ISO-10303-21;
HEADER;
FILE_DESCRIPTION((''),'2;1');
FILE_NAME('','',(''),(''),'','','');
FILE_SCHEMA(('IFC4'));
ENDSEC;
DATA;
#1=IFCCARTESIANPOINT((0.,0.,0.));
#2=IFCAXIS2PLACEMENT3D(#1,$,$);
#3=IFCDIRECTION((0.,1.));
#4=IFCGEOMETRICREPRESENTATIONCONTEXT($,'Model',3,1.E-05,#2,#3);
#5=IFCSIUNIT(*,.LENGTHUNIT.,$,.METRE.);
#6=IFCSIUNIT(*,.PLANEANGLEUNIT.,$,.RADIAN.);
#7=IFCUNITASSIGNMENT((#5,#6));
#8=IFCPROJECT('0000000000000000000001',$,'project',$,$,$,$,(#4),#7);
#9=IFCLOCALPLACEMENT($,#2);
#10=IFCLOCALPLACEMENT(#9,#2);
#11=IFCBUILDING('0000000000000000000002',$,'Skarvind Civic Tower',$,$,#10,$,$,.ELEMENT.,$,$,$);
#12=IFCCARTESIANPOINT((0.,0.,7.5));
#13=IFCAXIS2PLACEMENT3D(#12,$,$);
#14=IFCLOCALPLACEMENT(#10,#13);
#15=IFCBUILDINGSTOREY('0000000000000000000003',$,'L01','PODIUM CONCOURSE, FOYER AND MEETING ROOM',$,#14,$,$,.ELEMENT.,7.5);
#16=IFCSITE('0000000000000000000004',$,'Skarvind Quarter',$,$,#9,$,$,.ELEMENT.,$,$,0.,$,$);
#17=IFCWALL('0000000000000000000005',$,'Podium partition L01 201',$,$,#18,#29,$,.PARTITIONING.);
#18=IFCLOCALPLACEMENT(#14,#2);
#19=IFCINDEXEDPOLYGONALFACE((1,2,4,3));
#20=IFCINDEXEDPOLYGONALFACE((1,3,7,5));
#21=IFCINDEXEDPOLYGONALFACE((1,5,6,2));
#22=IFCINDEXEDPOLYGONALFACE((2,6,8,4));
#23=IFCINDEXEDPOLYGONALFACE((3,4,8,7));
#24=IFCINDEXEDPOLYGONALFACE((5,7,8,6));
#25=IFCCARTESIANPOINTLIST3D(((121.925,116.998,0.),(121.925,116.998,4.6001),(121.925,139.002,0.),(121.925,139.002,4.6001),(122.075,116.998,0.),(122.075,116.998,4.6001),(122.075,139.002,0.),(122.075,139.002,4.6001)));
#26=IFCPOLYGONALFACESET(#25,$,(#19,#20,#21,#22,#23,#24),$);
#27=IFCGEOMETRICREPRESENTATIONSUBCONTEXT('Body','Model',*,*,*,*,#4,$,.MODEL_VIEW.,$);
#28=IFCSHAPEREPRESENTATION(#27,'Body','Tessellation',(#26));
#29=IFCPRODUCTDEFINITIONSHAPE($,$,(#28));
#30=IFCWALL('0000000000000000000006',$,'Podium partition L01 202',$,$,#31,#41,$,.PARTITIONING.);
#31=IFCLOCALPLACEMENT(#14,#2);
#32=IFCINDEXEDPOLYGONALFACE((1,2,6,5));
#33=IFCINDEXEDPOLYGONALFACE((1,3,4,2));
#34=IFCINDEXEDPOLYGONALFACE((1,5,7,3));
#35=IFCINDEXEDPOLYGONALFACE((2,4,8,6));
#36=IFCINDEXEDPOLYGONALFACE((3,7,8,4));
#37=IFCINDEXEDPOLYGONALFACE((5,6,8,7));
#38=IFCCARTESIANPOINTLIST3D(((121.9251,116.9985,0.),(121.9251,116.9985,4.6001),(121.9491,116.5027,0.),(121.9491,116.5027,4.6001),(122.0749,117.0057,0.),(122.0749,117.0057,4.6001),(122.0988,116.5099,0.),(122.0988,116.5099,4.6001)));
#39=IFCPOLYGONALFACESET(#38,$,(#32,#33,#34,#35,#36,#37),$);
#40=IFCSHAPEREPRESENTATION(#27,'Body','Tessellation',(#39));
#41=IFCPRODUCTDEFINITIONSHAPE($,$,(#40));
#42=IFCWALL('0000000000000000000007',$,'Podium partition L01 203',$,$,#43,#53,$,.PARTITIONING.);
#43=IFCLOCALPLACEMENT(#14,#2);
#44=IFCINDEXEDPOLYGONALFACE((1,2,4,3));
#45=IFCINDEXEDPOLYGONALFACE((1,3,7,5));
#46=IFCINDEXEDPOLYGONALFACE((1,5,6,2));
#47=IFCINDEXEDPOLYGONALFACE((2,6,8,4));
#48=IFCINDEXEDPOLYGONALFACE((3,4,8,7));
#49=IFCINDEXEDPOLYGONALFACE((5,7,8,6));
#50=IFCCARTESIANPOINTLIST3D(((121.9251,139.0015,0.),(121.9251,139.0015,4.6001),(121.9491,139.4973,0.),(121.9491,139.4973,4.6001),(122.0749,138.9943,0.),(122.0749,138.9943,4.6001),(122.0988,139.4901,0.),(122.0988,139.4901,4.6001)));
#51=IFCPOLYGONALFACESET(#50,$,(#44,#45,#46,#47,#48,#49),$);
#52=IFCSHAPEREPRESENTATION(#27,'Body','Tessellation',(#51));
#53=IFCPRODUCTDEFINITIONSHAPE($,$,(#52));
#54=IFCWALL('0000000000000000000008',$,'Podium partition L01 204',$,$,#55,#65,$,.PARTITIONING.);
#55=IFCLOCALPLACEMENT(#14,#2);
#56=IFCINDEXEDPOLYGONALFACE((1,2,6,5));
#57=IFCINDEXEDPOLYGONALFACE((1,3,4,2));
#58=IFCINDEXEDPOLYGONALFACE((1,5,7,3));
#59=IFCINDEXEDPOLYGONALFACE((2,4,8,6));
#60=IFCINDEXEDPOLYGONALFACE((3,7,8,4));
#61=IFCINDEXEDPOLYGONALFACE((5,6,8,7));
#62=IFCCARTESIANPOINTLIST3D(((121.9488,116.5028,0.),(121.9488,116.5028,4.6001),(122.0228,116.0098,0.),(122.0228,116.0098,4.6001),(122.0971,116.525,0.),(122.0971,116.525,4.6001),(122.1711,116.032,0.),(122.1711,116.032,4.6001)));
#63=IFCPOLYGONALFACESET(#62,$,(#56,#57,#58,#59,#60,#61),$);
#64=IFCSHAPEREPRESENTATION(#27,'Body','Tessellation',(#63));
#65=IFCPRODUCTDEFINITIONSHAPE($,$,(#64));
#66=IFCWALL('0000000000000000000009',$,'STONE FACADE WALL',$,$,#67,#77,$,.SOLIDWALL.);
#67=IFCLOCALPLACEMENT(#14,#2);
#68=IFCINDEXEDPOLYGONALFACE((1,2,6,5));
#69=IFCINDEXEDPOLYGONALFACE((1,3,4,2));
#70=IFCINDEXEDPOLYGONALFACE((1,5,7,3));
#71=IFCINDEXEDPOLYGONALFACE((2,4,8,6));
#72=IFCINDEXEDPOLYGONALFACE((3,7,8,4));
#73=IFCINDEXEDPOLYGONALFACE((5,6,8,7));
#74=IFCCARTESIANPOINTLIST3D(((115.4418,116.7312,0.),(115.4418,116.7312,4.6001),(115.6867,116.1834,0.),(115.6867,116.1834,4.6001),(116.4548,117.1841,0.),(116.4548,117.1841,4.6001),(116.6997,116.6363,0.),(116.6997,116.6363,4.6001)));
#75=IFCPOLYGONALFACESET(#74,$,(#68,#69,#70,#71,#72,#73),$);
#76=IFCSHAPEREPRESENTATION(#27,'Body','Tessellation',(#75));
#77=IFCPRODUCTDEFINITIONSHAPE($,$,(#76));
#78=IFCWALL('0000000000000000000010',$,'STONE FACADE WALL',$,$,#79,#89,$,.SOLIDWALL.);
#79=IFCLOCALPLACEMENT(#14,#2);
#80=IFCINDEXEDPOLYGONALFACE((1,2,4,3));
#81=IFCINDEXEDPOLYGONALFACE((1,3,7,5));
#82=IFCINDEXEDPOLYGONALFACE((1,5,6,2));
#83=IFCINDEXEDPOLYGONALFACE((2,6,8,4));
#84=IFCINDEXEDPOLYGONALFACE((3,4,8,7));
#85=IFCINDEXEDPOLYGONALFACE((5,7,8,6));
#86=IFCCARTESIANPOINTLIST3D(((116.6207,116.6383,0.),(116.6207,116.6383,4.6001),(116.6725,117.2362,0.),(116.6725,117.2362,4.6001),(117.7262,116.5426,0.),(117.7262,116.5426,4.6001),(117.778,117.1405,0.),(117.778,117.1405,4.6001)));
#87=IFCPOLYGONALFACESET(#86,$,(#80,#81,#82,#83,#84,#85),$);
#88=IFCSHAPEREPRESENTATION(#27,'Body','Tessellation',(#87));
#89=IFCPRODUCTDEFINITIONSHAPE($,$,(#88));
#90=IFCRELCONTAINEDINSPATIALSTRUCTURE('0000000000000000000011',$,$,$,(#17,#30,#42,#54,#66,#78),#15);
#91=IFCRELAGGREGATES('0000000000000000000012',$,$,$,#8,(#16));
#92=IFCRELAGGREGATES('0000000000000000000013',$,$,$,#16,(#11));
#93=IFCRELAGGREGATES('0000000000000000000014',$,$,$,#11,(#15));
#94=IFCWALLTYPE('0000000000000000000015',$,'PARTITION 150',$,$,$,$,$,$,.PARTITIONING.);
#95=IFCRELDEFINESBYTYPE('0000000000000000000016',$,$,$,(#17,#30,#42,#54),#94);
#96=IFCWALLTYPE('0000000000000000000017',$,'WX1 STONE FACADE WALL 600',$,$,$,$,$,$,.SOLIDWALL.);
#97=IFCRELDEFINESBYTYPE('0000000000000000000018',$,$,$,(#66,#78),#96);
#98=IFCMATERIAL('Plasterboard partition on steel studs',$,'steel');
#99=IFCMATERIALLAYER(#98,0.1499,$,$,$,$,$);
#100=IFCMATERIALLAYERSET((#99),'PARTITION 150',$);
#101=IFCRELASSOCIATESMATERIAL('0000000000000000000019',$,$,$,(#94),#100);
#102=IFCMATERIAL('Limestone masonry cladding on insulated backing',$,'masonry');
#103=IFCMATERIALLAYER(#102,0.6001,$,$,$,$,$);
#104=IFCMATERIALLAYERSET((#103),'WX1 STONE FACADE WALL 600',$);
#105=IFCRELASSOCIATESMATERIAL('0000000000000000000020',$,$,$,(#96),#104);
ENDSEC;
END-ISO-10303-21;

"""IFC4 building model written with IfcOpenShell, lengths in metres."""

from ifc_helpers import new_model, si_unit, direction, frame, frame_2d, origin, place, context, subcontext, project, spatial, rectangle, extrude, material, layer, layer_set, type_object, element, save


model = new_model("IFC4")

# Units and contexts
model_context = context("Model", 3, precision=1e-05, world=origin(), true_north=direction((0.0, 1.0)))
body_context = subcontext(model_context, "Body", "Model", "MODEL_VIEW")
ifc_project = project(units=[si_unit("LENGTHUNIT", "METRE"), si_unit("PLANEANGLEUNIT", "RADIAN")], contexts=[model_context])

# Site, building, storey
site_placement = place(None, origin())
site = spatial("IfcSite", under=ifc_project, at=site_placement, Name="Skarvind Quarter", CompositionType="ELEMENT", RefElevation=0.0)
building_placement = place(site_placement, origin())
building = spatial("IfcBuilding", under=site, at=building_placement, Name="Skarvind Civic Tower", CompositionType="ELEMENT")
storey_placement = place(building_placement, frame((0.0, 0.0, 7.5)))
storey = spatial("IfcBuildingStorey", under=building, at=storey_placement, Name="L01", Description="PODIUM CONCOURSE, FOYER AND MEETING ROOM", CompositionType="ELEMENT", Elevation=7.5)

# Walls
ifc_material_1 = material(Name="Plasterboard partition on steel studs", Category="steel")
ifc_layer_1 = layer(ifc_material_1, 0.1499)
ifc_layer_set_1 = layer_set([ifc_layer_1], Name="PARTITION 150")
wall_type_1 = type_object("IfcWallType", Name="PARTITION 150", PredefinedType="PARTITIONING", material=ifc_layer_set_1)
wall_1_placement = place(storey_placement, frame((122.0, 116.998, 0.0), z_axis=(0.0, 0.0, 1.0), x_axis=(0.0, 1.0, 0.0)))
element("IfcWall", 1, at=wall_1_placement, inside=storey, type_object=wall_type_1, Name="Podium partition L01 201", PredefinedType="PARTITIONING", context=body_context, shape_type="SweptSolid", body=[
    extrude(rectangle(XDim=22.0039, YDim=0.1499, at=frame_2d((11.002, 0.0))), origin(), (0.0, 0.0, 1.0), 4.6001),
])
for number, where, z_axis, x_axis, name in (
    (2, (122.0, 117.002, 0.0), (0.0, 0.0, 1.0), (0.048196, -0.998838, 0.0), "Podium partition L01 202"),
    (3, (122.0, 138.998, 0.0), (0.0, 0.0, 1.0), (0.048196, 0.998838, 0.0), "Podium partition L01 203"),
):
    element("IfcWall", number, at=place(storey_placement, frame(where, z_axis=z_axis, x_axis=x_axis)), inside=storey, type_object=wall_type_1, Name=name, PredefinedType="PARTITIONING", context=body_context, shape_type="SweptSolid", body=[
        extrude(rectangle(XDim=0.4963, YDim=0.1499, at=frame_2d((0.248, 0.0))), origin(), (0.0, 0.0, 1.0), 4.6001),
    ])
wall_2_placement = place(storey_placement, frame((122.0229, 116.5139, 0.0), z_axis=(0.0, 0.0, 1.0), x_axis=(0.148412, -0.988926, 0.0)))
element("IfcWall", 4, at=wall_2_placement, inside=storey, type_object=wall_type_1, Name="Podium partition L01 204", PredefinedType="PARTITIONING", context=body_context, shape_type="SweptSolid", body=[
    extrude(rectangle(XDim=0.4985, YDim=0.1499, at=frame_2d((0.2493, 0.0))), origin(), (0.0, 0.0, 1.0), 4.6001),
])
ifc_material_2 = material(Name="Limestone masonry cladding on insulated backing", Category="masonry")
ifc_layer_2 = layer(ifc_material_2, 0.6001)
ifc_layer_set_2 = layer_set([ifc_layer_2], Name="WX1 STONE FACADE WALL 600")
wall_type_2 = type_object("IfcWallType", Name="WX1 STONE FACADE WALL 600", PredefinedType="SOLIDWALL", material=ifc_layer_set_2)
for number, where, z_axis, x_axis, name in (
    (5, (116.5771, 116.9102, 0.0), (0.0, 0.0, 1.0), (-0.912911, -0.408159, 0.0), "STONE FACADE WALL"),
    (6, (117.752, 116.8416, 0.0), (0.0, 0.0, 1.0), (-0.996274, 0.08625, 0.0), "STONE FACADE WALL"),
):
    element("IfcWall", number, at=place(storey_placement, frame(where, z_axis=z_axis, x_axis=x_axis)), inside=storey, type_object=wall_type_2, Name=name, PredefinedType="SOLIDWALL", context=body_context, shape_type="SweptSolid", body=[
        extrude(rectangle(XDim=1.1096, YDim=0.6001, at=frame_2d((0.5547, 0.0))), origin(), (0.0, 0.0, 1.0), 4.6001),
    ])

save(model, "model.ifc")
